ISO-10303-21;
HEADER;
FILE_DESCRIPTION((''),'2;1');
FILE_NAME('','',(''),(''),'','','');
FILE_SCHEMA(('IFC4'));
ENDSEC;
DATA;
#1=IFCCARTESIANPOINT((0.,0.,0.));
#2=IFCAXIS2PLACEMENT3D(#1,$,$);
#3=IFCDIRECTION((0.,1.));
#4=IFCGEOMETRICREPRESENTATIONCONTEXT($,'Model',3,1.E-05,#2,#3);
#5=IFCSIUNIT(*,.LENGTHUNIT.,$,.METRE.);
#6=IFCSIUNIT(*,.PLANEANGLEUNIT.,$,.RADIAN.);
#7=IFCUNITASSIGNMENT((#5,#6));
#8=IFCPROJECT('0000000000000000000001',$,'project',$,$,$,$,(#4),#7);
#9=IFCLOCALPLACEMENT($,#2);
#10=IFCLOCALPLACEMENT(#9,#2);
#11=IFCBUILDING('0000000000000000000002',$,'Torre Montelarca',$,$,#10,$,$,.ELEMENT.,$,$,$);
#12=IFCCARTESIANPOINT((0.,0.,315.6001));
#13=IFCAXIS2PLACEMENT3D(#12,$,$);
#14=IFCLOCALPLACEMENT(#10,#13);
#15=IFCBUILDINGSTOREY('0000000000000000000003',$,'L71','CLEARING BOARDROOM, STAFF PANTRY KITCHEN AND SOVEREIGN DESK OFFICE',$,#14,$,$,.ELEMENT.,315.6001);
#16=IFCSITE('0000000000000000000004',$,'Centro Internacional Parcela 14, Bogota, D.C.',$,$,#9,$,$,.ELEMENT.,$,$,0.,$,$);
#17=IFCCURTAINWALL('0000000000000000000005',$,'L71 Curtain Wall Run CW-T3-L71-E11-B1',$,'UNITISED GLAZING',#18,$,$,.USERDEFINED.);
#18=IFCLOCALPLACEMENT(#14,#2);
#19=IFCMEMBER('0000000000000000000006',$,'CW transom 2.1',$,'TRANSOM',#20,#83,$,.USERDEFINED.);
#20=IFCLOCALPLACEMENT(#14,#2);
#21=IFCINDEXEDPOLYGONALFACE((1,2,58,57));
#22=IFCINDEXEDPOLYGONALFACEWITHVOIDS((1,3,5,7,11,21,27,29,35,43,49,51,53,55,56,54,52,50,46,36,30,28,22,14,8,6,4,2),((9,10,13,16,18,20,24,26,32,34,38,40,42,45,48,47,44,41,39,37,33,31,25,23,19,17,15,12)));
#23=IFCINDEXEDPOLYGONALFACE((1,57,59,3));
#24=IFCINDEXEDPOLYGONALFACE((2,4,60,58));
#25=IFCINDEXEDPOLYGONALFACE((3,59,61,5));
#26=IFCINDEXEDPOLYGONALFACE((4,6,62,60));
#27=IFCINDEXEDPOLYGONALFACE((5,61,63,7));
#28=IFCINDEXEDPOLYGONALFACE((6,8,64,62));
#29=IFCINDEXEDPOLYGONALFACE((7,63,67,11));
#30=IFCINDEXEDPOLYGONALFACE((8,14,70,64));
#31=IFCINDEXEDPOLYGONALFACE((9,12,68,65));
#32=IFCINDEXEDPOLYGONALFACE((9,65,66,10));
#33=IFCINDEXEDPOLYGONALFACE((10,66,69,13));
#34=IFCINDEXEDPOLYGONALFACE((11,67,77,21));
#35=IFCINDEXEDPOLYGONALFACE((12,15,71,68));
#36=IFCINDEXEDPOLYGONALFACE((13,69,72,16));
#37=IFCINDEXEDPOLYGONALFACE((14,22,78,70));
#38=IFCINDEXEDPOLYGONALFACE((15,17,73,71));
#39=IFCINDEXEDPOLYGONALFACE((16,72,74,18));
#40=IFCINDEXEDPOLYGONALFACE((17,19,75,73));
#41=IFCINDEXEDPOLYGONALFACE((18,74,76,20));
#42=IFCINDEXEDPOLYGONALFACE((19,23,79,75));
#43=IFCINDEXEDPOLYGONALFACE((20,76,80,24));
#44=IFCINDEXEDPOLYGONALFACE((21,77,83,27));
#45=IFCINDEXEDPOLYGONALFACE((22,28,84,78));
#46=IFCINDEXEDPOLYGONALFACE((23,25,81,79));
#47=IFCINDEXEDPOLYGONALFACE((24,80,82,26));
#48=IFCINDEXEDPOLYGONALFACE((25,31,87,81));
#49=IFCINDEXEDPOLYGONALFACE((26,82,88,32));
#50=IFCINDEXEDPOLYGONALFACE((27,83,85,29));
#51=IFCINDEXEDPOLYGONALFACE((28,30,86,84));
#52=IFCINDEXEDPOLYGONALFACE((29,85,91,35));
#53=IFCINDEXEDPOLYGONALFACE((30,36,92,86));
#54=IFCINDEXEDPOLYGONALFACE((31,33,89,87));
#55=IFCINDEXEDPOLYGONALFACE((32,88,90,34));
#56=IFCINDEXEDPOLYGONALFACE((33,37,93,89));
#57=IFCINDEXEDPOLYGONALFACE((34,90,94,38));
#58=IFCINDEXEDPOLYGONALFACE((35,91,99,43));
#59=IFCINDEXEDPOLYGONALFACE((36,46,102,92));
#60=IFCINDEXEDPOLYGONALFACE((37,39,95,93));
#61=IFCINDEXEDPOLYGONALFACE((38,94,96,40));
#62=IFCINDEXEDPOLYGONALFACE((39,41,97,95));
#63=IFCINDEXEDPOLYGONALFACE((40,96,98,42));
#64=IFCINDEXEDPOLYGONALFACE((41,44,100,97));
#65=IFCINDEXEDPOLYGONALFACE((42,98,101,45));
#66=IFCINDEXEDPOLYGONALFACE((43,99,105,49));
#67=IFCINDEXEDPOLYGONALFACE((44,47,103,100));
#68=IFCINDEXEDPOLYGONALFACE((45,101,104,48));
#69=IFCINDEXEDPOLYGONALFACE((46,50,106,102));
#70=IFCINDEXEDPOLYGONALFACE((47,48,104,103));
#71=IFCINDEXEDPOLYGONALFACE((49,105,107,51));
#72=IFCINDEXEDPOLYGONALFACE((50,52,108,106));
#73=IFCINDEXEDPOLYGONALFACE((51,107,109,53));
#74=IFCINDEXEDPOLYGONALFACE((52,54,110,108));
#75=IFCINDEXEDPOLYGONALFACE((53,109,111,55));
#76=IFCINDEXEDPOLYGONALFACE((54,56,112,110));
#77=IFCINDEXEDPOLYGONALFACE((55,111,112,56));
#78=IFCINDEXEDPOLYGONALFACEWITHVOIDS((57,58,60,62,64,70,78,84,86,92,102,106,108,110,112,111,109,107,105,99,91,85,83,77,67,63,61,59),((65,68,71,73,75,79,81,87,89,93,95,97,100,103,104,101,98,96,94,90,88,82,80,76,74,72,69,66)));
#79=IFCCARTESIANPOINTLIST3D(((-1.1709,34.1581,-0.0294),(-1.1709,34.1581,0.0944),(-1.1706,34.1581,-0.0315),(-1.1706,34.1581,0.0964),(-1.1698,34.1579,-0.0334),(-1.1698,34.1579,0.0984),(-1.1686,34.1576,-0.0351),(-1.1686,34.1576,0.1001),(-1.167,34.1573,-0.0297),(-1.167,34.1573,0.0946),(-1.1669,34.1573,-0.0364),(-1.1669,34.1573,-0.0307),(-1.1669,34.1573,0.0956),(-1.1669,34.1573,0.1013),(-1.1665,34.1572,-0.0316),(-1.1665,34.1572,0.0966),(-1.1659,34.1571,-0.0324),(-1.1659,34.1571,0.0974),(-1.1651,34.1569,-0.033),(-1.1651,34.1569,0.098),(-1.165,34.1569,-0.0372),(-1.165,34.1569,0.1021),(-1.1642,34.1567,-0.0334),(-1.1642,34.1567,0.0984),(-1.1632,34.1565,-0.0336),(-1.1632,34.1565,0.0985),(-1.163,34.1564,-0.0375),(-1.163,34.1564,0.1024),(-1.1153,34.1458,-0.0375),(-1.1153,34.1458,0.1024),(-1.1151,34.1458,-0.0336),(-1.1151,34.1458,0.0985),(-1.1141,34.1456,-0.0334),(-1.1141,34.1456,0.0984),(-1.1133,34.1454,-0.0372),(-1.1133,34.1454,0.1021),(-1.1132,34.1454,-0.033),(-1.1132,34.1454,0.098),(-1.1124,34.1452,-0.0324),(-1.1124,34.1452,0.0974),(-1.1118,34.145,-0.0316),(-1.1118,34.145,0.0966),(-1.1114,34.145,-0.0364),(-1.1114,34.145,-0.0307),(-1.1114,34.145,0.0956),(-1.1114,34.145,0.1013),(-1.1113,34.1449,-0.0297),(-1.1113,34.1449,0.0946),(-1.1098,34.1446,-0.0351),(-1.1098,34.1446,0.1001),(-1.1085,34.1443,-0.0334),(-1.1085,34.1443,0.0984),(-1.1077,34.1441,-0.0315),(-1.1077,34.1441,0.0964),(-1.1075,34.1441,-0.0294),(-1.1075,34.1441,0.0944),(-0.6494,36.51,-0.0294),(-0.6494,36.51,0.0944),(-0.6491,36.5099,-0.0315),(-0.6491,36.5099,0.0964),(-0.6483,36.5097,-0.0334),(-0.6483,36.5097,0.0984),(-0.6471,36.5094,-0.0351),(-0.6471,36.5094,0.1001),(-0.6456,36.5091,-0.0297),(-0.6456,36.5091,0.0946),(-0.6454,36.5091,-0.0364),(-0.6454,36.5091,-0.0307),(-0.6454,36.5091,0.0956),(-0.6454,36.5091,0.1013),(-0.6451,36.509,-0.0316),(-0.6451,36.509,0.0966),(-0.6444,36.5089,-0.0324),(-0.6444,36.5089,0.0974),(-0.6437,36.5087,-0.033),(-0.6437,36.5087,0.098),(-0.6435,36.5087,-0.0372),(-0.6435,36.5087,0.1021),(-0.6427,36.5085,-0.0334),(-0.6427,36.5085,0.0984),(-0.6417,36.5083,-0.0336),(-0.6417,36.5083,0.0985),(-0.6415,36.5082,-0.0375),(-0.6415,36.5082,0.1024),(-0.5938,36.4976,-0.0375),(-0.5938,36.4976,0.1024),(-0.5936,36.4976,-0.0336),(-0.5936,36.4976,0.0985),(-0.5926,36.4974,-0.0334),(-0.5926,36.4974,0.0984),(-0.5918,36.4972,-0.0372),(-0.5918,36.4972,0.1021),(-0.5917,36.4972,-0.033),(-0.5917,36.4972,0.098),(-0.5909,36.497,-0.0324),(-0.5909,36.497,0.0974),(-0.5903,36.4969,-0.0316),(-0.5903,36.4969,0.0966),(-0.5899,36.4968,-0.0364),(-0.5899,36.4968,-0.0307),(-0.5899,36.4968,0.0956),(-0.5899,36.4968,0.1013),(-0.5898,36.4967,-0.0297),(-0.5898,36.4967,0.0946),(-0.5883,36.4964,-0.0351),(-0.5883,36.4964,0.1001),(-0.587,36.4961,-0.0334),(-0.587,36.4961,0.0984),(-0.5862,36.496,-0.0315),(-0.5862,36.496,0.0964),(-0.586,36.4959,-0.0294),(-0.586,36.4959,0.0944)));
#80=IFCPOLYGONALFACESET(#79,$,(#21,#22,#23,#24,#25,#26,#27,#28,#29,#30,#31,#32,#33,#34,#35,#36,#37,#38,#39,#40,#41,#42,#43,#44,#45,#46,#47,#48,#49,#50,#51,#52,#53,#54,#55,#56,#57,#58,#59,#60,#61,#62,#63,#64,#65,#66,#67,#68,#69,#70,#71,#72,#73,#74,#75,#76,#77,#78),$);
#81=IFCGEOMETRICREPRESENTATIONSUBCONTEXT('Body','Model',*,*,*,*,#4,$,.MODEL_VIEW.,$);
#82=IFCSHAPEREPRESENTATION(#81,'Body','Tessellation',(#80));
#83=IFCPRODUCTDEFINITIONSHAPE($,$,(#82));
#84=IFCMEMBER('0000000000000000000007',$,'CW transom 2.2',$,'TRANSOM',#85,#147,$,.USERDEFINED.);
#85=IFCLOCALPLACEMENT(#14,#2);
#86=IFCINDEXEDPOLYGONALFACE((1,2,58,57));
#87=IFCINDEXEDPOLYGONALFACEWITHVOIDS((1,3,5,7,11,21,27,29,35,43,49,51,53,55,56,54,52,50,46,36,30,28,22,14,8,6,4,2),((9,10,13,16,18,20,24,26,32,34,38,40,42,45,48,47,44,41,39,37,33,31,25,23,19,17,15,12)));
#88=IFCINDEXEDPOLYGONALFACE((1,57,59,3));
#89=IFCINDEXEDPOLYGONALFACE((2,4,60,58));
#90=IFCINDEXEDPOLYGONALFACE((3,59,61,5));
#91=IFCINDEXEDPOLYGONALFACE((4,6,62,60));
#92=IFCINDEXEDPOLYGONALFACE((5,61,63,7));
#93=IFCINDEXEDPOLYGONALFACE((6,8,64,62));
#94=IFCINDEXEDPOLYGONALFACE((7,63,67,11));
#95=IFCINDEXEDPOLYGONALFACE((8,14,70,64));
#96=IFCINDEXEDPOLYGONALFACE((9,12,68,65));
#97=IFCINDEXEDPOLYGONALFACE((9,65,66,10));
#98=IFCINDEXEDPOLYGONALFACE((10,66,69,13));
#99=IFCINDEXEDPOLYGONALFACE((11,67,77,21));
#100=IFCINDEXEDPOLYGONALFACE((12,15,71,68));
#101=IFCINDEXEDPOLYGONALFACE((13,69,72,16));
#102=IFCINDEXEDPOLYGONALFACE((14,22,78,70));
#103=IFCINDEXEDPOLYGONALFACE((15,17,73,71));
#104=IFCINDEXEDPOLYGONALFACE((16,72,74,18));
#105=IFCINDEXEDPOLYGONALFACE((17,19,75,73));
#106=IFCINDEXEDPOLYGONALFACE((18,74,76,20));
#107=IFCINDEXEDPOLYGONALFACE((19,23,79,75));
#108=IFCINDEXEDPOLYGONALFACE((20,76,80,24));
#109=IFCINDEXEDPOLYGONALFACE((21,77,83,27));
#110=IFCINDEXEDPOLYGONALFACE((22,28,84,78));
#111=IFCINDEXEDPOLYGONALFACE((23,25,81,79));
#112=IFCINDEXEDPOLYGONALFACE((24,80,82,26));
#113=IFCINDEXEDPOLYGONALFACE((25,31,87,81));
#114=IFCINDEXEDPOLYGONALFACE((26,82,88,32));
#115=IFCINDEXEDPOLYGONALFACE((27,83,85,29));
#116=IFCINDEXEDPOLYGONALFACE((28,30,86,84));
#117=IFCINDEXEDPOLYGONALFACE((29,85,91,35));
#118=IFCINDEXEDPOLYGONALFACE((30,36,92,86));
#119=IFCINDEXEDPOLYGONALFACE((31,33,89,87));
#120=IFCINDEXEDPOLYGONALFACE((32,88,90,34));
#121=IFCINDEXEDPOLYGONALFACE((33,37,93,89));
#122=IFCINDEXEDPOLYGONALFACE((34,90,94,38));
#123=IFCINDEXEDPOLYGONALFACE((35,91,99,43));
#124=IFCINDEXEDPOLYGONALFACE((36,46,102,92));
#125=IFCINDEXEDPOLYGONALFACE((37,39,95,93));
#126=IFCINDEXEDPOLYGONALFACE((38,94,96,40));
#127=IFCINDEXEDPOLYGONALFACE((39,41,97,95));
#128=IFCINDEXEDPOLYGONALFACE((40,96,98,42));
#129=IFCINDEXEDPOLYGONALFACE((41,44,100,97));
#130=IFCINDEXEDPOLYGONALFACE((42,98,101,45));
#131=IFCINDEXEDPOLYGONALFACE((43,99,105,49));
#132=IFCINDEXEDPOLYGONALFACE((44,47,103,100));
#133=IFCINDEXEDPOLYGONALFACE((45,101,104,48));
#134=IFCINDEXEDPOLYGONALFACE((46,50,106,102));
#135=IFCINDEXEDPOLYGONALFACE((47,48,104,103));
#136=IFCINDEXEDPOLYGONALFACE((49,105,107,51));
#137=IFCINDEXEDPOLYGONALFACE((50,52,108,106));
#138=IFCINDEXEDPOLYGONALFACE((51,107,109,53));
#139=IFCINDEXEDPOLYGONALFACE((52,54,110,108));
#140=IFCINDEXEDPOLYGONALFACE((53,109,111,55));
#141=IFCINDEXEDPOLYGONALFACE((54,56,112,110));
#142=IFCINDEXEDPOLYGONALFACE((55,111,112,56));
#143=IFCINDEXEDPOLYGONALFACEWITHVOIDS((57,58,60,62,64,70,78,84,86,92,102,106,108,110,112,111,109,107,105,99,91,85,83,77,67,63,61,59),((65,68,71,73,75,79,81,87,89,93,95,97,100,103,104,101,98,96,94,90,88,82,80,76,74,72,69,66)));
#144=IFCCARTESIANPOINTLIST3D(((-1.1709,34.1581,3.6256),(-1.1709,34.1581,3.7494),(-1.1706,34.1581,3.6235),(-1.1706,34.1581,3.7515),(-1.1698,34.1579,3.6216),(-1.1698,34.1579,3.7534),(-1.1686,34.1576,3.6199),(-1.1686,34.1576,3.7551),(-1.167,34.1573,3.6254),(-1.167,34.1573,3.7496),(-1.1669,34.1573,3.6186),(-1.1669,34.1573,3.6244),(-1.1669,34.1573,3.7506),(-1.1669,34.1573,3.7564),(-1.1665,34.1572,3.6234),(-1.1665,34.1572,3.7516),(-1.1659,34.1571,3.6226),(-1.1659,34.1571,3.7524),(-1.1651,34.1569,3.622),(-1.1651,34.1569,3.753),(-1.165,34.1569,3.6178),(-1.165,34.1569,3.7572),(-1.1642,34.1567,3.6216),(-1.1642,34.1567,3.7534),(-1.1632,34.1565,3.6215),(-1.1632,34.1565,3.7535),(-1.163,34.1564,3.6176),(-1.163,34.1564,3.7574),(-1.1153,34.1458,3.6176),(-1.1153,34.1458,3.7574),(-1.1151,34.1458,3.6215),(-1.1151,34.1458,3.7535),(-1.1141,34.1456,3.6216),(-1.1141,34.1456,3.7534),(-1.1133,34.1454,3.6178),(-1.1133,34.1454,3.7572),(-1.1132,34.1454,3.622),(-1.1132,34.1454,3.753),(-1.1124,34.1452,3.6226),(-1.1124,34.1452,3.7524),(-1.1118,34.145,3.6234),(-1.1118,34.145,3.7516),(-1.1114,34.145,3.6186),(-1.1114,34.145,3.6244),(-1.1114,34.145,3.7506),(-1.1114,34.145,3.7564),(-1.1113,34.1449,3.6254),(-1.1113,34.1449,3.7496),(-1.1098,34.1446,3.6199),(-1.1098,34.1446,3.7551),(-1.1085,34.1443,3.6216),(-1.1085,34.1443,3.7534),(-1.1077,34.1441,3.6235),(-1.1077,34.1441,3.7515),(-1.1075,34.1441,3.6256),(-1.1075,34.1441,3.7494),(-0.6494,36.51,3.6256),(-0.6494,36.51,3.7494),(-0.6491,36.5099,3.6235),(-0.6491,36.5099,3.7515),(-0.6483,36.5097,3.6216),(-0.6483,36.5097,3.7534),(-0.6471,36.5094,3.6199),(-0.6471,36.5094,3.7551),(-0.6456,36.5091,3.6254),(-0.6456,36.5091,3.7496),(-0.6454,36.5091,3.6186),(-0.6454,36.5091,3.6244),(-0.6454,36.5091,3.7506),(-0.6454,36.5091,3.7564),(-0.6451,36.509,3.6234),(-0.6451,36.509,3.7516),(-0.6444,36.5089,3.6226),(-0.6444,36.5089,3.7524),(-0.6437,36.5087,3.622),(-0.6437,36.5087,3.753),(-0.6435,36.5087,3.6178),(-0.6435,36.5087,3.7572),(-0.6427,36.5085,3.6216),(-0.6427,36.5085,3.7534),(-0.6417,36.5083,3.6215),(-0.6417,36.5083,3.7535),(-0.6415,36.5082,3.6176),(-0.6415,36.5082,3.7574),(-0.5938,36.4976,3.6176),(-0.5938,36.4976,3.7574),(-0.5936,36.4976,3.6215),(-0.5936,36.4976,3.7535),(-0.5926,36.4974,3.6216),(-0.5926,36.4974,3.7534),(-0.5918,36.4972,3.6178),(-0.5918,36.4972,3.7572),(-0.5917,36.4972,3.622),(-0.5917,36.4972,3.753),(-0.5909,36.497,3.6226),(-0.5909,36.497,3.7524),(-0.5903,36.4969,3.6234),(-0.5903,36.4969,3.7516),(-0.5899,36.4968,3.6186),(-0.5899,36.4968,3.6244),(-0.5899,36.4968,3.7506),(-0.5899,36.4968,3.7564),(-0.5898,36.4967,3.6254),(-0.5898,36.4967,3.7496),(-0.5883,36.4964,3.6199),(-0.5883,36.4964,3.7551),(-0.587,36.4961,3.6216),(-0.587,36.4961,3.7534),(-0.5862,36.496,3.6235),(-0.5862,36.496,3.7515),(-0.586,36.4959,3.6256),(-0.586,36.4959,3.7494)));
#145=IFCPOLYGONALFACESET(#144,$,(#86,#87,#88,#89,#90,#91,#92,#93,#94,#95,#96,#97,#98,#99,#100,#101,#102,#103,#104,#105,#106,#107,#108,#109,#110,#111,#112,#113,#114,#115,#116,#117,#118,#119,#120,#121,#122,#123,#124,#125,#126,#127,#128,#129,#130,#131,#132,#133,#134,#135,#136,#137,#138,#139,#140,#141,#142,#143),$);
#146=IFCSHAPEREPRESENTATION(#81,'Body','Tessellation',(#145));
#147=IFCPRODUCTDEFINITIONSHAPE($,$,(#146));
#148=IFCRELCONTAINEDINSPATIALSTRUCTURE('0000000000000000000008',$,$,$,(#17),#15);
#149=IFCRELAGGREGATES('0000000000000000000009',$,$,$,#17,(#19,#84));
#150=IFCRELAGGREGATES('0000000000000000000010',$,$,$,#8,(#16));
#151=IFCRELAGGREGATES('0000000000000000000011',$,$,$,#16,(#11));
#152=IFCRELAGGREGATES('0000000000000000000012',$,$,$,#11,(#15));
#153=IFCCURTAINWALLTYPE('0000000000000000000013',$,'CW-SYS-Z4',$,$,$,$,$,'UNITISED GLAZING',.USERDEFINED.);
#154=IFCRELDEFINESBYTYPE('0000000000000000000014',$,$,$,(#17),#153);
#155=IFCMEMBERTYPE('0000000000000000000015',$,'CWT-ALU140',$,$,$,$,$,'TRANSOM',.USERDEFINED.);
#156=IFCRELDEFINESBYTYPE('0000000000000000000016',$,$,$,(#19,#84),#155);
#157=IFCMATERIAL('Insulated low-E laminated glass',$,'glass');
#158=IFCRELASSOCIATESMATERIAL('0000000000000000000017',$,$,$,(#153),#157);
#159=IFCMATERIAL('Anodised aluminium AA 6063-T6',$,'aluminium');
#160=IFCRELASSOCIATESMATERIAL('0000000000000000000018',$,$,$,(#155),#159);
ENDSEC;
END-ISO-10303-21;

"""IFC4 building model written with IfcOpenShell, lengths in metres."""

from ifc_helpers import new_model, si_unit, direction, frame, origin, origin_2d, place, context, subcontext, project, spatial, hollow_rectangle, extrude, source, transform, mapped, material, material_profile, profile_set, type_object, element, aggregate, save


model = new_model("IFC4")

# Units and contexts
model_context = context("Model", 3, precision=1e-05, world=origin(), true_north=direction((0.0, 1.0)))
body_context = subcontext(model_context, "Body", "Model", "MODEL_VIEW")
ifc_project = project(units=[si_unit("LENGTHUNIT", "METRE"), si_unit("PLANEANGLEUNIT", "RADIAN")], contexts=[model_context])

# Site, building, storey
site_placement = place(None, origin())
site = spatial("IfcSite", under=ifc_project, at=site_placement, Name="Centro Internacional Parcela 14, Bogota, D.C.", CompositionType="ELEMENT", RefElevation=0.0)
building_placement = place(site_placement, origin())
building = spatial("IfcBuilding", under=site, at=building_placement, Name="Torre Montelarca", CompositionType="ELEMENT")
storey_placement = place(building_placement, frame((0.0, 0.0, 315.6001)))
storey = spatial("IfcBuildingStorey", under=building, at=storey_placement, Name="L71", Description="CLEARING BOARDROOM, STAFF PANTRY KITCHEN AND SOVEREIGN DESK OFFICE", CompositionType="ELEMENT", Elevation=315.6001)

# Curtain wall, members
ifc_material_1 = material(Name="Insulated low-E laminated glass", Category="glass")
curtain_wall_type = type_object("IfcCurtainWallType", Name="CW-SYS-Z4", ElementType="UNITISED GLAZING", PredefinedType="USERDEFINED", material=ifc_material_1)
ifc_material_2 = material(Name="Anodised aluminium AA 6063-T6", Category="aluminium")
curtain_wall_1_placement = place(storey_placement, origin())
curtain_wall_1 = element("IfcCurtainWall", 1, at=curtain_wall_1_placement, inside=storey, type_object=curtain_wall_type, Name="L71 Curtain Wall Run CW-T3-L71-E11-B1", ObjectType="UNITISED GLAZING", PredefinedType="USERDEFINED")
ifc_material_profile_1 = material_profile(ifc_material_2, hollow_rectangle(XDim=0.0649, YDim=0.1399, WallThickness=0.0039, InnerFilletRadius=0.0039, OuterFilletRadius=0.0081, at=origin_2d()), Name="ALU65X140X4", Category="aluminium")
ifc_profile_set_1 = profile_set([ifc_material_profile_1], Name="Anodised aluminium AA 6063-T6")
member_type_1 = type_object("IfcMemberType", Name="CWT-ALU140", ElementType="TRANSOM", PredefinedType="USERDEFINED", material=ifc_profile_set_1)
shared_shape_1 = source(origin(), body_context, "Body", "SweptSolid", [
    extrude(hollow_rectangle(XDim=0.0649, YDim=0.1399, WallThickness=0.0039, InnerFilletRadius=0.0039, OuterFilletRadius=0.0081, at=origin_2d()), origin(), (0.0, 0.0, 1.0), 2.4089),
])
member_1_placement = place(storey_placement, frame((-0.6177, 36.5029, 0.0325), z_axis=(-0.21648, -0.976287, 0.0), x_axis=(0.976287, -0.21648, 0.0)))
member_1 = element("IfcMember", 2, at=member_1_placement, type_object=member_type_1, Name="CW transom 2.1", ObjectType="TRANSOM", PredefinedType="USERDEFINED", context=body_context, shape_type="MappedRepresentation", body=[
    mapped(shared_shape_1, transform((0.0, 0.0, 0.0), scale=1.0)),
])
member_2_placement = place(storey_placement, frame((-0.6177, 36.5029, 3.6875), z_axis=(-0.21648, -0.976287, 0.0), x_axis=(0.976287, -0.21648, 0.0)))
member_2 = element("IfcMember", 3, at=member_2_placement, type_object=member_type_1, Name="CW transom 2.2", ObjectType="TRANSOM", PredefinedType="USERDEFINED", context=body_context, shape_type="MappedRepresentation", body=[
    mapped(shared_shape_1, transform((0.0, 0.0, 0.0), scale=1.0)),
])

aggregate(curtain_wall_1, [member_1, member_2])

save(model, "model.ifc")
